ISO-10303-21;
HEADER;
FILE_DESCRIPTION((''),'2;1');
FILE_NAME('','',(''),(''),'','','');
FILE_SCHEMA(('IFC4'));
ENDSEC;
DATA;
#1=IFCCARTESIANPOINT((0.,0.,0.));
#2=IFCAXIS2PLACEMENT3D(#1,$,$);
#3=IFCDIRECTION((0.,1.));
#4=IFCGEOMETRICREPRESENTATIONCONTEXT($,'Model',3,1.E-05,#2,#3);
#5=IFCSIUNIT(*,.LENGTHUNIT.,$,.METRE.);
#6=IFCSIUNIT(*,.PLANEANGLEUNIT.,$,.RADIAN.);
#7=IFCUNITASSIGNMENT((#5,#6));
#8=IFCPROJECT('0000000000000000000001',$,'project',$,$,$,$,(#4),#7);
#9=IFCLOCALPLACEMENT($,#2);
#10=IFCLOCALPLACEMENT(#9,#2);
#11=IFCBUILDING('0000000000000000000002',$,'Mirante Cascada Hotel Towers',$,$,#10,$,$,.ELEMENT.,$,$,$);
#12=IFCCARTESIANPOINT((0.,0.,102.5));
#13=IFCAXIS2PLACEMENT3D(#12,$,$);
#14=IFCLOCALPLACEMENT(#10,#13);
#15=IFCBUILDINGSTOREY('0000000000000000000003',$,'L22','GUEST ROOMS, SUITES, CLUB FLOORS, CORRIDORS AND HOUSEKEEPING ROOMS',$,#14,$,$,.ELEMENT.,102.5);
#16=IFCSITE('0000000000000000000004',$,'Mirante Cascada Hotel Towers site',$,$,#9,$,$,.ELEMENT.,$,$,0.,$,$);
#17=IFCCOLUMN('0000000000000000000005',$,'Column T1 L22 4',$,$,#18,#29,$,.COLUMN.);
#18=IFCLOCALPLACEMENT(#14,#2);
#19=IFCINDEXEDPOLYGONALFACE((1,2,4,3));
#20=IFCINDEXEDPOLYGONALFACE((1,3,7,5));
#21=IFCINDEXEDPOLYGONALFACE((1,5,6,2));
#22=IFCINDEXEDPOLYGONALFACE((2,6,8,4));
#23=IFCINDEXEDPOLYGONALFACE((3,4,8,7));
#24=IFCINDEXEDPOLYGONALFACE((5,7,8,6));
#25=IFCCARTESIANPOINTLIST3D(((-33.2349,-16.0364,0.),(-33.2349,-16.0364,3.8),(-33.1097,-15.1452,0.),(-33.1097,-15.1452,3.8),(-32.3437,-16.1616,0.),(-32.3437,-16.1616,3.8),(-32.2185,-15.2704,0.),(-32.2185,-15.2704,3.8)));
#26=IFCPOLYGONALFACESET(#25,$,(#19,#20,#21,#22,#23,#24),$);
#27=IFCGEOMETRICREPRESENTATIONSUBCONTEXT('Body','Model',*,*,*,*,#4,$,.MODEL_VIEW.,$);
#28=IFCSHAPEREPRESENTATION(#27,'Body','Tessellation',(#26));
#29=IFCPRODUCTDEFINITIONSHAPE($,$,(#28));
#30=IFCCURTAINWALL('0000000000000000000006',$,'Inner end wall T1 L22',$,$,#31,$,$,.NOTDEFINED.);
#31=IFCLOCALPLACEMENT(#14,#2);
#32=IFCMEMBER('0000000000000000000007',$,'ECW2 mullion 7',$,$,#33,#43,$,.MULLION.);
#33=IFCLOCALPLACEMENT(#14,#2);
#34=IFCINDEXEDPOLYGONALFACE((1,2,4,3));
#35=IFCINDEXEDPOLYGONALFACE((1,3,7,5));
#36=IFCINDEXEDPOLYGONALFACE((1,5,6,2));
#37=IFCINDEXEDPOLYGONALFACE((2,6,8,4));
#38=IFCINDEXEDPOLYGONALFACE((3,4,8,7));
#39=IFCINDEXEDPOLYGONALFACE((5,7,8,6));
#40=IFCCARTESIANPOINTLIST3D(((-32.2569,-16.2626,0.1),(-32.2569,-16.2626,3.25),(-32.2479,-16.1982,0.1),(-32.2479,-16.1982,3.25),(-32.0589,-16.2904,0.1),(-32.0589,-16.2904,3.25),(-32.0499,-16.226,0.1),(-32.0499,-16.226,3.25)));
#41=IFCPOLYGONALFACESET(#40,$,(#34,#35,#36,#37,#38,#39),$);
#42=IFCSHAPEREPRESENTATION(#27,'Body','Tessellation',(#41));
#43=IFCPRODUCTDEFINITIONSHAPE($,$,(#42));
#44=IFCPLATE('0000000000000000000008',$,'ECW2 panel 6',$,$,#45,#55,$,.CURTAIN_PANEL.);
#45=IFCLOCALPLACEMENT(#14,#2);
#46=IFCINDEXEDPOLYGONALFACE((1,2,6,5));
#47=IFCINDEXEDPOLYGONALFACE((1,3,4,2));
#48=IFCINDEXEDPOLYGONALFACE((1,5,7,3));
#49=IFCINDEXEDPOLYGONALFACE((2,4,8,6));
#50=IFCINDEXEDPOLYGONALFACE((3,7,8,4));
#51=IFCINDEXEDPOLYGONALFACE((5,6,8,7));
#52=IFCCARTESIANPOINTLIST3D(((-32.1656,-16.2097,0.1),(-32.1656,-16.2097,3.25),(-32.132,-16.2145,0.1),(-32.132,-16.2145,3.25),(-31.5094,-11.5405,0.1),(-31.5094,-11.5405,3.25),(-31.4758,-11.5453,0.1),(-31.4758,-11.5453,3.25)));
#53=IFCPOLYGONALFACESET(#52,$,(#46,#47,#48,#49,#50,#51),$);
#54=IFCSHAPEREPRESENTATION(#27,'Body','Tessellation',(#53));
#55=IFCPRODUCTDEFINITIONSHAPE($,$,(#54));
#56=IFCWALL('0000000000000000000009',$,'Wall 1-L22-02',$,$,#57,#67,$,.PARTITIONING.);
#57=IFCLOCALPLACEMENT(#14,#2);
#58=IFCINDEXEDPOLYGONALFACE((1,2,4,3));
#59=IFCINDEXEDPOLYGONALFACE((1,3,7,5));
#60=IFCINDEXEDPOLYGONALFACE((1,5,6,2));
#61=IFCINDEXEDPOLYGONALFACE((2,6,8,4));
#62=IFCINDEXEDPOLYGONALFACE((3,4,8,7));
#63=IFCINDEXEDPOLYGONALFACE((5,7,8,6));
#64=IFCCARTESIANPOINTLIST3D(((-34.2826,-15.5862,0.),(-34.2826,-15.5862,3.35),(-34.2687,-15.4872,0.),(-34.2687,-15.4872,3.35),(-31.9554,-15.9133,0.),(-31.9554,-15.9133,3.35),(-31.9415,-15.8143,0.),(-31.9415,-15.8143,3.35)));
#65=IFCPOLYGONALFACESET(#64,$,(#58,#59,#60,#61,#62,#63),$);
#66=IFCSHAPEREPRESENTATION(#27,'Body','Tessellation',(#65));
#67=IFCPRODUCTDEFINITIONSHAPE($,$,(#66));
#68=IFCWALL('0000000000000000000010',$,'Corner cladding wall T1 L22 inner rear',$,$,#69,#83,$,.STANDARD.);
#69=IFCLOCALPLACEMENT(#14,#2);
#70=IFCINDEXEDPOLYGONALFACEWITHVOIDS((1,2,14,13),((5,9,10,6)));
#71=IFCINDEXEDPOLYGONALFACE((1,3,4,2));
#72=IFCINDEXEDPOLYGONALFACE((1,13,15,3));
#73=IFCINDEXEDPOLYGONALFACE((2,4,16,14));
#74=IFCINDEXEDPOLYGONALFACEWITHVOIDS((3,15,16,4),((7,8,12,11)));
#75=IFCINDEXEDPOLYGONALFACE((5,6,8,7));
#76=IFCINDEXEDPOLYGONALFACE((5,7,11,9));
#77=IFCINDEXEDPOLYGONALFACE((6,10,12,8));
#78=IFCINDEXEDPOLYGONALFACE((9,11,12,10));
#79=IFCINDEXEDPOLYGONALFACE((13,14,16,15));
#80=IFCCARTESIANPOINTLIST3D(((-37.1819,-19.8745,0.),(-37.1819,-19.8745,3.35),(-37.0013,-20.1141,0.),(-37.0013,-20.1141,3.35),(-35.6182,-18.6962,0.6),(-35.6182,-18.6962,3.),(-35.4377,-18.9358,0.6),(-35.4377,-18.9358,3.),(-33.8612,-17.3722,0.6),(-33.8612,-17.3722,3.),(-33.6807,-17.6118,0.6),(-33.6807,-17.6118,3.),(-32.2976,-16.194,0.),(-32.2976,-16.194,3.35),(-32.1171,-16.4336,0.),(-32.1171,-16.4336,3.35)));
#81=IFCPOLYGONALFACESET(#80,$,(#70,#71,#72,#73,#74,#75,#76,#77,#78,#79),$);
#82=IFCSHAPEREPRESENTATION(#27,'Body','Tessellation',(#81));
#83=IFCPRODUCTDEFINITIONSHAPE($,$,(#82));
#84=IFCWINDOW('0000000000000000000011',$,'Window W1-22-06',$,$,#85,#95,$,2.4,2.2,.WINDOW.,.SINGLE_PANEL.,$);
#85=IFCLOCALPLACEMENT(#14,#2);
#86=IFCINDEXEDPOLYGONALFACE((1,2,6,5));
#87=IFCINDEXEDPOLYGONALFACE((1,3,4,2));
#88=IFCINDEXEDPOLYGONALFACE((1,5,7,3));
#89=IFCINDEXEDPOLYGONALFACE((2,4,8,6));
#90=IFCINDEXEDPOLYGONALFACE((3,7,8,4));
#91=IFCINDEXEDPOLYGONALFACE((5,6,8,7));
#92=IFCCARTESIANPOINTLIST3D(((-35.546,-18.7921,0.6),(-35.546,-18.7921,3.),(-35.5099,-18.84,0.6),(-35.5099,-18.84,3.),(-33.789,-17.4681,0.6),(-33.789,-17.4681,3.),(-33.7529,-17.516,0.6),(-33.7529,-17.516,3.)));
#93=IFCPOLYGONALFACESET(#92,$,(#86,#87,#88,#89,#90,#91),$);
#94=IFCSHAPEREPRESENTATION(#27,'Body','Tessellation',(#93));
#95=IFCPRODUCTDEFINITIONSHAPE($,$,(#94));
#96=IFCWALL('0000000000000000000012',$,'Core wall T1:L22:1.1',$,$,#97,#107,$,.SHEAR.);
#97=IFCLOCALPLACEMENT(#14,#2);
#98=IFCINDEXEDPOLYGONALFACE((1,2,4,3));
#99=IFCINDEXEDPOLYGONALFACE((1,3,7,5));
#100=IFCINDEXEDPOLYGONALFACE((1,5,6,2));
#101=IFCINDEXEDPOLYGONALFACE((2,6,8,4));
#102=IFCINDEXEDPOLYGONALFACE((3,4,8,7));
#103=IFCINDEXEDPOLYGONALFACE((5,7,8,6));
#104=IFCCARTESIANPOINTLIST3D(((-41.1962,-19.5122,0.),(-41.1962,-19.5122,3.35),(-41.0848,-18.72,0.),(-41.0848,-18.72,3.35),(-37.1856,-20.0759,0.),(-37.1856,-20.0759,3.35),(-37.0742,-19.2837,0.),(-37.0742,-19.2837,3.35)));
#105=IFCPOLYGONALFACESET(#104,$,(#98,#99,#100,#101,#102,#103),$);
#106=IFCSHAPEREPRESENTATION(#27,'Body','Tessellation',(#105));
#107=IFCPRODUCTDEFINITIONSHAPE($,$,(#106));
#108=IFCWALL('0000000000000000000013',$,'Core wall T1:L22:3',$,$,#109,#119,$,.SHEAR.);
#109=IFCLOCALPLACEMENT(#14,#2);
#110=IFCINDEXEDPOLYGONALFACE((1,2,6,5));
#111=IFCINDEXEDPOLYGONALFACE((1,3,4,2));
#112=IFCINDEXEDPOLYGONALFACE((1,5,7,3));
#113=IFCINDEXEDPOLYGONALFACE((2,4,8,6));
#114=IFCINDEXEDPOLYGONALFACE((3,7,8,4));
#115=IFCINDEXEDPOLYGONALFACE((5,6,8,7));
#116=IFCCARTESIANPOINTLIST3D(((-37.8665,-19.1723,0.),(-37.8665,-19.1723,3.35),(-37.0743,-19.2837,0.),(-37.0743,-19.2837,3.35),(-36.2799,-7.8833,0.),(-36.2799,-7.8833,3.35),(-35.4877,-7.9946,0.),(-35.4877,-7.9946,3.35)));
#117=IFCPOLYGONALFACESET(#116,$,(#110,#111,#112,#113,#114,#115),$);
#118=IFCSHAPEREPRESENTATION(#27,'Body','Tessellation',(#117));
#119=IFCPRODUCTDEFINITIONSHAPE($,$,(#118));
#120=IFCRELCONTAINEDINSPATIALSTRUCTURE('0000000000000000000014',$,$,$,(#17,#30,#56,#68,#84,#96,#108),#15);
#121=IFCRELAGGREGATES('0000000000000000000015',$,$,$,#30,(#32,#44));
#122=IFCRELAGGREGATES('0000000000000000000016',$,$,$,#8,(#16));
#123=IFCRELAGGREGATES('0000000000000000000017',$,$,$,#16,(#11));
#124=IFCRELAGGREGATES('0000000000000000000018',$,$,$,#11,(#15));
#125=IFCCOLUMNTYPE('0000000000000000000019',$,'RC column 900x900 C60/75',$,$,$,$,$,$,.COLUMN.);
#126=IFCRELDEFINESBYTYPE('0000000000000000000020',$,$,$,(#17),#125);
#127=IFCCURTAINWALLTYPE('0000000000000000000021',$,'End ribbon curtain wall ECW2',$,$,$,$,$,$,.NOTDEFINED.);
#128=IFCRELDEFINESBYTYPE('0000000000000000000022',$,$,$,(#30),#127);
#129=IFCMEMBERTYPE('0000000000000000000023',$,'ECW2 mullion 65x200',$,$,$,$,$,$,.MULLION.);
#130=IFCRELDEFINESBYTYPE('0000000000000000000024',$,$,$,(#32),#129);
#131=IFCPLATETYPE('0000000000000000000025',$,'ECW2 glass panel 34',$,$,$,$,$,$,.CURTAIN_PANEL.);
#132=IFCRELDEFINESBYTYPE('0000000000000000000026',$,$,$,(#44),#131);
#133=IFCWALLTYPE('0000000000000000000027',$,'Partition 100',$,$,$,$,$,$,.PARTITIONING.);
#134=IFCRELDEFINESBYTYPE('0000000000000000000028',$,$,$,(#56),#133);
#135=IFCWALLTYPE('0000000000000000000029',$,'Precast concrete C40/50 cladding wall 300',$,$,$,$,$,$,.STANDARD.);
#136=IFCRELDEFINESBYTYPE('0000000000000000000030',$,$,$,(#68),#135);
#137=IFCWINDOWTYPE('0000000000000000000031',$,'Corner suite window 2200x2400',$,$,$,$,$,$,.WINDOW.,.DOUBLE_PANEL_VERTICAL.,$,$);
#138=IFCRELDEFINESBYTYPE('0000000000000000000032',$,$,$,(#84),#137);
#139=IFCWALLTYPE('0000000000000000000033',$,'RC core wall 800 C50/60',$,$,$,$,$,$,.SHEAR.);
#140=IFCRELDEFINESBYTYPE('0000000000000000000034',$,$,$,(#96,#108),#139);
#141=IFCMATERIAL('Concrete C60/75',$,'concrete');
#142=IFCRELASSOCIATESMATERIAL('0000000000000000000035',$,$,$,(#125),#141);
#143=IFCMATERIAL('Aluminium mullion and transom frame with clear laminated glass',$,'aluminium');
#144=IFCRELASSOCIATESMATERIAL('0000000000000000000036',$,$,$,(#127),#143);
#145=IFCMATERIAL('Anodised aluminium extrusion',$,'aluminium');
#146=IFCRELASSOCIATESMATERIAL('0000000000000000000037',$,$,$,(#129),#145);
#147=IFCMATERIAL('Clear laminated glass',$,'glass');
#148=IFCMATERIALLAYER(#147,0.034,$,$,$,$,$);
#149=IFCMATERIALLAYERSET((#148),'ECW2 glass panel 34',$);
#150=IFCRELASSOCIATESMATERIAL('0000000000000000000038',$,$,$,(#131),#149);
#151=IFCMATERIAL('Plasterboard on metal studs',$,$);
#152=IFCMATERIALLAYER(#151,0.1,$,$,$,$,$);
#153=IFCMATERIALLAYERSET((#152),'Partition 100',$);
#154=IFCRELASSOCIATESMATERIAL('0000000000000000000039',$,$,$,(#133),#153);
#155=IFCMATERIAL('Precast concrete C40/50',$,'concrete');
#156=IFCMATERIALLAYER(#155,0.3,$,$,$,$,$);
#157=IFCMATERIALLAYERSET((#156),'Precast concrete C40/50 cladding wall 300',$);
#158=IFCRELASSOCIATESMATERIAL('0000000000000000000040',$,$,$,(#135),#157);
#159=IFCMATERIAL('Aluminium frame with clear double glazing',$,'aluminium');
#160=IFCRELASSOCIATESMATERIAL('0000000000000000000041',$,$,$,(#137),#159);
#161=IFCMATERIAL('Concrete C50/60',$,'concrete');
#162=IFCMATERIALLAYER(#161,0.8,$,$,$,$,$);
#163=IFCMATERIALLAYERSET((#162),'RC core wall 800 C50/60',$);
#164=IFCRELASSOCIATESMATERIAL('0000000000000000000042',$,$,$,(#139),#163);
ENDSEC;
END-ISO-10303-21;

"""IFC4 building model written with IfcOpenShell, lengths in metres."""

from ifc_helpers import new_model, si_unit, direction, frame, frame_2d, origin, origin_2d, place, context, subcontext, project, spatial, rectangle, extrude, material, layer, layer_set, material_profile, profile_set, type_object, element, fill, aggregate, save


model = new_model("IFC4")

# Units and contexts
model_context = context("Model", 3, precision=1e-05, world=origin(), true_north=direction((0.0, 1.0)))
body_context = subcontext(model_context, "Body", "Model", "MODEL_VIEW")
ifc_project = project(units=[si_unit("LENGTHUNIT", "METRE"), si_unit("PLANEANGLEUNIT", "RADIAN")], contexts=[model_context])

# Site, building, storey
site_placement = place(None, origin())
site = spatial("IfcSite", under=ifc_project, at=site_placement, Name="Mirante Cascada Hotel Towers site", CompositionType="ELEMENT", RefElevation=0.0)
building_placement = place(site_placement, origin())
building = spatial("IfcBuilding", under=site, at=building_placement, Name="Mirante Cascada Hotel Towers", CompositionType="ELEMENT")
storey_placement = place(building_placement, frame((0.0, 0.0, 102.5)))
storey = spatial("IfcBuildingStorey", under=building, at=storey_placement, Name="L22", Description="GUEST ROOMS, SUITES, CLUB FLOORS, CORRIDORS AND HOUSEKEEPING ROOMS", CompositionType="ELEMENT", Elevation=102.5)

# Column
ifc_material_1 = material(Name="Concrete C60/75", Category="concrete")
ifc_material_profile_1 = material_profile(ifc_material_1, rectangle(XDim=0.9, YDim=0.9, at=origin_2d()), Name="RC column 900x900 C60/75")
ifc_profile_set_1 = profile_set([ifc_material_profile_1], Name="Concrete C60/75")
column_type = type_object("IfcColumnType", Name="RC column 900x900 C60/75", PredefinedType="COLUMN", material=ifc_profile_set_1)
column_placement = place(storey_placement, frame((-32.7267, -15.6534, 0.0), z_axis=(0.0, 0.0, 1.0), x_axis=(-0.990268, 0.139173, 0.0)))
element("IfcColumn", 1, at=column_placement, inside=storey, type_object=column_type, Name="Column T1 L22 4", PredefinedType="COLUMN", context=body_context, shape_type="SweptSolid", body=[
    extrude(rectangle(XDim=0.9, YDim=0.9, at=origin_2d()), origin(), (0.0, 0.0, 1.0), 3.8),
])

# Curtain wall, member, plate
ifc_material_2 = material(Name="Aluminium mullion and transom frame with clear laminated glass", Category="aluminium")
curtain_wall_type = type_object("IfcCurtainWallType", Name="End ribbon curtain wall ECW2", PredefinedType="NOTDEFINED", material=ifc_material_2)
curtain_wall_placement = place(storey_placement, origin())
curtain_wall = element("IfcCurtainWall", 2, at=curtain_wall_placement, inside=storey, type_object=curtain_wall_type, Name="Inner end wall T1 L22", PredefinedType="NOTDEFINED")
ifc_material_3 = material(Name="Anodised aluminium extrusion", Category="aluminium")
ifc_material_profile_2 = material_profile(ifc_material_3, rectangle(XDim=0.2, YDim=0.065, at=origin_2d()), Name="ECW2 MULLION 65x200")
ifc_profile_set_2 = profile_set([ifc_material_profile_2], Name="Anodised aluminium extrusion")
member_type = type_object("IfcMemberType", Name="ECW2 mullion 65x200", PredefinedType="MULLION", material=ifc_profile_set_2)
member_placement = place(storey_placement, frame((-32.1534, -16.2443, 0.1), z_axis=(0.0, 0.0, 1.0), x_axis=(0.990268, -0.139173, 0.0)))
member = element("IfcMember", 3, at=member_placement, type_object=member_type, Name="ECW2 mullion 7", PredefinedType="MULLION", context=body_context, shape_type="SweptSolid", body=[
    extrude(rectangle(XDim=0.2, YDim=0.065, at=origin_2d()), origin(), (0.0, 0.0, 1.0), 3.15),
])
ifc_material_4 = material(Name="Clear laminated glass", Category="glass")
ifc_layer_1 = layer(ifc_material_4, 0.034)
ifc_layer_set_1 = layer_set([ifc_layer_1], Name="ECW2 glass panel 34")
plate_type = type_object("IfcPlateType", Name="ECW2 glass panel 34", PredefinedType="CURTAIN_PANEL", material=ifc_layer_set_1)
plate_placement = place(storey_placement, frame((-31.8207, -13.8775, 0.1), z_axis=(0.0, 0.0, 1.0), x_axis=(-0.139173, -0.990268, 0.0)))
plate = element("IfcPlate", 4, at=plate_placement, type_object=plate_type, Name="ECW2 panel 6", PredefinedType="CURTAIN_PANEL", context=body_context, shape_type="SweptSolid", body=[
    extrude(rectangle(XDim=4.7151, YDim=0.034, at=origin_2d()), origin(), (0.0, 0.0, 1.0), 3.15),
])
aggregate(curtain_wall, [member, plate])

# Wall
ifc_material_5 = material(Name="Plasterboard on metal studs")
ifc_layer_2 = layer(ifc_material_5, 0.1)
ifc_layer_set_2 = layer_set([ifc_layer_2], Name="Partition 100")
wall_type_1 = type_object("IfcWallType", Name="Partition 100", PredefinedType="PARTITIONING", material=ifc_layer_set_2)
wall_1_placement = place(storey_placement, frame((-34.2756, -15.5367, 0.0), z_axis=(0.0, 0.0, 1.0), x_axis=(0.990266, -0.139187, 0.0)))
element("IfcWall", 5, at=wall_1_placement, inside=storey, type_object=wall_type_1, Name="Wall 1-L22-02", PredefinedType="PARTITIONING", context=body_context, shape_type="SweptSolid", body=[
    extrude(rectangle(XDim=2.3501, YDim=0.1, at=frame_2d((1.175, 0.0))), origin(), (0.0, 0.0, 1.0), 3.35),
])

# Wall, opening, window
ifc_material_6 = material(Name="Precast concrete C40/50", Category="concrete")
ifc_layer_3 = layer(ifc_material_6, 0.3)
ifc_layer_set_3 = layer_set([ifc_layer_3], Name="Precast concrete C40/50 cladding wall 300")
wall_type_2 = type_object("IfcWallType", Name="Precast concrete C40/50 cladding wall 300", PredefinedType="STANDARD", material=ifc_layer_set_3)
wall_2_placement = place(storey_placement, frame((-32.2074, -16.3138, 0.0), z_axis=(0.0, 0.0, 1.0), x_axis=(-0.798636, -0.601814, 0.0)))
wall_2 = element("IfcWall", 6, at=wall_2_placement, inside=storey, type_object=wall_type_2, Name="Corner cladding wall T1 L22 inner rear", PredefinedType="STANDARD", context=body_context, shape_type="SweptSolid", body=[
    extrude(rectangle(XDim=6.1157, YDim=0.3, at=frame_2d((3.0578, 0.0))), origin(), (0.0, 0.0, 1.0), 3.35),
])
opening_placement = place(wall_2_placement, frame((1.9578, 0.0, 0.6)))
opening = element("IfcOpeningElement", 7, at=opening_placement, cuts=wall_2, PredefinedType="OPENING", context=body_context, shape_type="SweptSolid", body=[
    extrude(rectangle(XDim=2.2, YDim=2.4, at=frame_2d((1.1, 1.2))), frame((0.0, 0.15, 0.0), z_axis=(0.0, -1.0, 0.0), x_axis=(1.0, 0.0, 0.0)), (0.0, 0.0, 1.0), 0.3),
])
ifc_material_7 = material(Name="Aluminium frame with clear double glazing", Category="aluminium")
window_type = type_object("IfcWindowType", Name="Corner suite window 2200x2400", PartitioningType="DOUBLE_PANEL_VERTICAL", PredefinedType="WINDOW", material=ifc_material_7)
window_placement = place(opening_placement, origin())
window = element("IfcWindow", 8, at=window_placement, inside=storey, type_object=window_type, Name="Window W1-22-06", OverallHeight=2.4, OverallWidth=2.2, PartitioningType="SINGLE_PANEL", PredefinedType="WINDOW", context=body_context, shape_type="SweptSolid", body=[
    extrude(rectangle(XDim=2.2, YDim=2.4, at=frame_2d((1.1, 1.2))), frame((0.0, 0.03, 0.0), z_axis=(0.0, -1.0, 0.0), x_axis=(1.0, 0.0, 0.0)), (0.0, 0.0, 1.0), 0.06),
])
fill(opening, window)

# Walls
ifc_material_8 = material(Name="Concrete C50/60", Category="concrete")
ifc_layer_4 = layer(ifc_material_8, 0.8)
ifc_layer_set_4 = layer_set([ifc_layer_4], Name="RC core wall 800 C50/60")
wall_type_3 = type_object("IfcWallType", Name="RC core wall 800 C50/60", PredefinedType="SHEAR", material=ifc_layer_set_4)
wall_3_placement = place(storey_placement, frame((-37.1299, -19.6798, 0.0), z_axis=(0.0, 0.0, 1.0), x_axis=(-0.990267, 0.139184, 0.0)))
element("IfcWall", 9, at=wall_3_placement, inside=storey, type_object=wall_type_3, Name="Core wall T1:L22:1.1", PredefinedType="SHEAR", context=body_context, shape_type="SweptSolid", body=[
    extrude(rectangle(XDim=4.05, YDim=0.8, at=frame_2d((2.025, 0.0))), origin(), (0.0, 0.0, 1.0), 3.35),
])
wall_4_placement = place(storey_placement, frame((-37.4704, -19.228, 0.0), z_axis=(0.0, 0.0, 1.0), x_axis=(0.139175, 0.990268, 0.0)))
element("IfcWall", 10, at=wall_4_placement, inside=storey, type_object=wall_type_3, Name="Core wall T1:L22:3", PredefinedType="SHEAR", context=body_context, shape_type="SweptSolid", body=[
    extrude(rectangle(XDim=11.4, YDim=0.8, at=frame_2d((5.7, 0.0))), origin(), (0.0, 0.0, 1.0), 3.35),
])

save(model, "model.ifc")
